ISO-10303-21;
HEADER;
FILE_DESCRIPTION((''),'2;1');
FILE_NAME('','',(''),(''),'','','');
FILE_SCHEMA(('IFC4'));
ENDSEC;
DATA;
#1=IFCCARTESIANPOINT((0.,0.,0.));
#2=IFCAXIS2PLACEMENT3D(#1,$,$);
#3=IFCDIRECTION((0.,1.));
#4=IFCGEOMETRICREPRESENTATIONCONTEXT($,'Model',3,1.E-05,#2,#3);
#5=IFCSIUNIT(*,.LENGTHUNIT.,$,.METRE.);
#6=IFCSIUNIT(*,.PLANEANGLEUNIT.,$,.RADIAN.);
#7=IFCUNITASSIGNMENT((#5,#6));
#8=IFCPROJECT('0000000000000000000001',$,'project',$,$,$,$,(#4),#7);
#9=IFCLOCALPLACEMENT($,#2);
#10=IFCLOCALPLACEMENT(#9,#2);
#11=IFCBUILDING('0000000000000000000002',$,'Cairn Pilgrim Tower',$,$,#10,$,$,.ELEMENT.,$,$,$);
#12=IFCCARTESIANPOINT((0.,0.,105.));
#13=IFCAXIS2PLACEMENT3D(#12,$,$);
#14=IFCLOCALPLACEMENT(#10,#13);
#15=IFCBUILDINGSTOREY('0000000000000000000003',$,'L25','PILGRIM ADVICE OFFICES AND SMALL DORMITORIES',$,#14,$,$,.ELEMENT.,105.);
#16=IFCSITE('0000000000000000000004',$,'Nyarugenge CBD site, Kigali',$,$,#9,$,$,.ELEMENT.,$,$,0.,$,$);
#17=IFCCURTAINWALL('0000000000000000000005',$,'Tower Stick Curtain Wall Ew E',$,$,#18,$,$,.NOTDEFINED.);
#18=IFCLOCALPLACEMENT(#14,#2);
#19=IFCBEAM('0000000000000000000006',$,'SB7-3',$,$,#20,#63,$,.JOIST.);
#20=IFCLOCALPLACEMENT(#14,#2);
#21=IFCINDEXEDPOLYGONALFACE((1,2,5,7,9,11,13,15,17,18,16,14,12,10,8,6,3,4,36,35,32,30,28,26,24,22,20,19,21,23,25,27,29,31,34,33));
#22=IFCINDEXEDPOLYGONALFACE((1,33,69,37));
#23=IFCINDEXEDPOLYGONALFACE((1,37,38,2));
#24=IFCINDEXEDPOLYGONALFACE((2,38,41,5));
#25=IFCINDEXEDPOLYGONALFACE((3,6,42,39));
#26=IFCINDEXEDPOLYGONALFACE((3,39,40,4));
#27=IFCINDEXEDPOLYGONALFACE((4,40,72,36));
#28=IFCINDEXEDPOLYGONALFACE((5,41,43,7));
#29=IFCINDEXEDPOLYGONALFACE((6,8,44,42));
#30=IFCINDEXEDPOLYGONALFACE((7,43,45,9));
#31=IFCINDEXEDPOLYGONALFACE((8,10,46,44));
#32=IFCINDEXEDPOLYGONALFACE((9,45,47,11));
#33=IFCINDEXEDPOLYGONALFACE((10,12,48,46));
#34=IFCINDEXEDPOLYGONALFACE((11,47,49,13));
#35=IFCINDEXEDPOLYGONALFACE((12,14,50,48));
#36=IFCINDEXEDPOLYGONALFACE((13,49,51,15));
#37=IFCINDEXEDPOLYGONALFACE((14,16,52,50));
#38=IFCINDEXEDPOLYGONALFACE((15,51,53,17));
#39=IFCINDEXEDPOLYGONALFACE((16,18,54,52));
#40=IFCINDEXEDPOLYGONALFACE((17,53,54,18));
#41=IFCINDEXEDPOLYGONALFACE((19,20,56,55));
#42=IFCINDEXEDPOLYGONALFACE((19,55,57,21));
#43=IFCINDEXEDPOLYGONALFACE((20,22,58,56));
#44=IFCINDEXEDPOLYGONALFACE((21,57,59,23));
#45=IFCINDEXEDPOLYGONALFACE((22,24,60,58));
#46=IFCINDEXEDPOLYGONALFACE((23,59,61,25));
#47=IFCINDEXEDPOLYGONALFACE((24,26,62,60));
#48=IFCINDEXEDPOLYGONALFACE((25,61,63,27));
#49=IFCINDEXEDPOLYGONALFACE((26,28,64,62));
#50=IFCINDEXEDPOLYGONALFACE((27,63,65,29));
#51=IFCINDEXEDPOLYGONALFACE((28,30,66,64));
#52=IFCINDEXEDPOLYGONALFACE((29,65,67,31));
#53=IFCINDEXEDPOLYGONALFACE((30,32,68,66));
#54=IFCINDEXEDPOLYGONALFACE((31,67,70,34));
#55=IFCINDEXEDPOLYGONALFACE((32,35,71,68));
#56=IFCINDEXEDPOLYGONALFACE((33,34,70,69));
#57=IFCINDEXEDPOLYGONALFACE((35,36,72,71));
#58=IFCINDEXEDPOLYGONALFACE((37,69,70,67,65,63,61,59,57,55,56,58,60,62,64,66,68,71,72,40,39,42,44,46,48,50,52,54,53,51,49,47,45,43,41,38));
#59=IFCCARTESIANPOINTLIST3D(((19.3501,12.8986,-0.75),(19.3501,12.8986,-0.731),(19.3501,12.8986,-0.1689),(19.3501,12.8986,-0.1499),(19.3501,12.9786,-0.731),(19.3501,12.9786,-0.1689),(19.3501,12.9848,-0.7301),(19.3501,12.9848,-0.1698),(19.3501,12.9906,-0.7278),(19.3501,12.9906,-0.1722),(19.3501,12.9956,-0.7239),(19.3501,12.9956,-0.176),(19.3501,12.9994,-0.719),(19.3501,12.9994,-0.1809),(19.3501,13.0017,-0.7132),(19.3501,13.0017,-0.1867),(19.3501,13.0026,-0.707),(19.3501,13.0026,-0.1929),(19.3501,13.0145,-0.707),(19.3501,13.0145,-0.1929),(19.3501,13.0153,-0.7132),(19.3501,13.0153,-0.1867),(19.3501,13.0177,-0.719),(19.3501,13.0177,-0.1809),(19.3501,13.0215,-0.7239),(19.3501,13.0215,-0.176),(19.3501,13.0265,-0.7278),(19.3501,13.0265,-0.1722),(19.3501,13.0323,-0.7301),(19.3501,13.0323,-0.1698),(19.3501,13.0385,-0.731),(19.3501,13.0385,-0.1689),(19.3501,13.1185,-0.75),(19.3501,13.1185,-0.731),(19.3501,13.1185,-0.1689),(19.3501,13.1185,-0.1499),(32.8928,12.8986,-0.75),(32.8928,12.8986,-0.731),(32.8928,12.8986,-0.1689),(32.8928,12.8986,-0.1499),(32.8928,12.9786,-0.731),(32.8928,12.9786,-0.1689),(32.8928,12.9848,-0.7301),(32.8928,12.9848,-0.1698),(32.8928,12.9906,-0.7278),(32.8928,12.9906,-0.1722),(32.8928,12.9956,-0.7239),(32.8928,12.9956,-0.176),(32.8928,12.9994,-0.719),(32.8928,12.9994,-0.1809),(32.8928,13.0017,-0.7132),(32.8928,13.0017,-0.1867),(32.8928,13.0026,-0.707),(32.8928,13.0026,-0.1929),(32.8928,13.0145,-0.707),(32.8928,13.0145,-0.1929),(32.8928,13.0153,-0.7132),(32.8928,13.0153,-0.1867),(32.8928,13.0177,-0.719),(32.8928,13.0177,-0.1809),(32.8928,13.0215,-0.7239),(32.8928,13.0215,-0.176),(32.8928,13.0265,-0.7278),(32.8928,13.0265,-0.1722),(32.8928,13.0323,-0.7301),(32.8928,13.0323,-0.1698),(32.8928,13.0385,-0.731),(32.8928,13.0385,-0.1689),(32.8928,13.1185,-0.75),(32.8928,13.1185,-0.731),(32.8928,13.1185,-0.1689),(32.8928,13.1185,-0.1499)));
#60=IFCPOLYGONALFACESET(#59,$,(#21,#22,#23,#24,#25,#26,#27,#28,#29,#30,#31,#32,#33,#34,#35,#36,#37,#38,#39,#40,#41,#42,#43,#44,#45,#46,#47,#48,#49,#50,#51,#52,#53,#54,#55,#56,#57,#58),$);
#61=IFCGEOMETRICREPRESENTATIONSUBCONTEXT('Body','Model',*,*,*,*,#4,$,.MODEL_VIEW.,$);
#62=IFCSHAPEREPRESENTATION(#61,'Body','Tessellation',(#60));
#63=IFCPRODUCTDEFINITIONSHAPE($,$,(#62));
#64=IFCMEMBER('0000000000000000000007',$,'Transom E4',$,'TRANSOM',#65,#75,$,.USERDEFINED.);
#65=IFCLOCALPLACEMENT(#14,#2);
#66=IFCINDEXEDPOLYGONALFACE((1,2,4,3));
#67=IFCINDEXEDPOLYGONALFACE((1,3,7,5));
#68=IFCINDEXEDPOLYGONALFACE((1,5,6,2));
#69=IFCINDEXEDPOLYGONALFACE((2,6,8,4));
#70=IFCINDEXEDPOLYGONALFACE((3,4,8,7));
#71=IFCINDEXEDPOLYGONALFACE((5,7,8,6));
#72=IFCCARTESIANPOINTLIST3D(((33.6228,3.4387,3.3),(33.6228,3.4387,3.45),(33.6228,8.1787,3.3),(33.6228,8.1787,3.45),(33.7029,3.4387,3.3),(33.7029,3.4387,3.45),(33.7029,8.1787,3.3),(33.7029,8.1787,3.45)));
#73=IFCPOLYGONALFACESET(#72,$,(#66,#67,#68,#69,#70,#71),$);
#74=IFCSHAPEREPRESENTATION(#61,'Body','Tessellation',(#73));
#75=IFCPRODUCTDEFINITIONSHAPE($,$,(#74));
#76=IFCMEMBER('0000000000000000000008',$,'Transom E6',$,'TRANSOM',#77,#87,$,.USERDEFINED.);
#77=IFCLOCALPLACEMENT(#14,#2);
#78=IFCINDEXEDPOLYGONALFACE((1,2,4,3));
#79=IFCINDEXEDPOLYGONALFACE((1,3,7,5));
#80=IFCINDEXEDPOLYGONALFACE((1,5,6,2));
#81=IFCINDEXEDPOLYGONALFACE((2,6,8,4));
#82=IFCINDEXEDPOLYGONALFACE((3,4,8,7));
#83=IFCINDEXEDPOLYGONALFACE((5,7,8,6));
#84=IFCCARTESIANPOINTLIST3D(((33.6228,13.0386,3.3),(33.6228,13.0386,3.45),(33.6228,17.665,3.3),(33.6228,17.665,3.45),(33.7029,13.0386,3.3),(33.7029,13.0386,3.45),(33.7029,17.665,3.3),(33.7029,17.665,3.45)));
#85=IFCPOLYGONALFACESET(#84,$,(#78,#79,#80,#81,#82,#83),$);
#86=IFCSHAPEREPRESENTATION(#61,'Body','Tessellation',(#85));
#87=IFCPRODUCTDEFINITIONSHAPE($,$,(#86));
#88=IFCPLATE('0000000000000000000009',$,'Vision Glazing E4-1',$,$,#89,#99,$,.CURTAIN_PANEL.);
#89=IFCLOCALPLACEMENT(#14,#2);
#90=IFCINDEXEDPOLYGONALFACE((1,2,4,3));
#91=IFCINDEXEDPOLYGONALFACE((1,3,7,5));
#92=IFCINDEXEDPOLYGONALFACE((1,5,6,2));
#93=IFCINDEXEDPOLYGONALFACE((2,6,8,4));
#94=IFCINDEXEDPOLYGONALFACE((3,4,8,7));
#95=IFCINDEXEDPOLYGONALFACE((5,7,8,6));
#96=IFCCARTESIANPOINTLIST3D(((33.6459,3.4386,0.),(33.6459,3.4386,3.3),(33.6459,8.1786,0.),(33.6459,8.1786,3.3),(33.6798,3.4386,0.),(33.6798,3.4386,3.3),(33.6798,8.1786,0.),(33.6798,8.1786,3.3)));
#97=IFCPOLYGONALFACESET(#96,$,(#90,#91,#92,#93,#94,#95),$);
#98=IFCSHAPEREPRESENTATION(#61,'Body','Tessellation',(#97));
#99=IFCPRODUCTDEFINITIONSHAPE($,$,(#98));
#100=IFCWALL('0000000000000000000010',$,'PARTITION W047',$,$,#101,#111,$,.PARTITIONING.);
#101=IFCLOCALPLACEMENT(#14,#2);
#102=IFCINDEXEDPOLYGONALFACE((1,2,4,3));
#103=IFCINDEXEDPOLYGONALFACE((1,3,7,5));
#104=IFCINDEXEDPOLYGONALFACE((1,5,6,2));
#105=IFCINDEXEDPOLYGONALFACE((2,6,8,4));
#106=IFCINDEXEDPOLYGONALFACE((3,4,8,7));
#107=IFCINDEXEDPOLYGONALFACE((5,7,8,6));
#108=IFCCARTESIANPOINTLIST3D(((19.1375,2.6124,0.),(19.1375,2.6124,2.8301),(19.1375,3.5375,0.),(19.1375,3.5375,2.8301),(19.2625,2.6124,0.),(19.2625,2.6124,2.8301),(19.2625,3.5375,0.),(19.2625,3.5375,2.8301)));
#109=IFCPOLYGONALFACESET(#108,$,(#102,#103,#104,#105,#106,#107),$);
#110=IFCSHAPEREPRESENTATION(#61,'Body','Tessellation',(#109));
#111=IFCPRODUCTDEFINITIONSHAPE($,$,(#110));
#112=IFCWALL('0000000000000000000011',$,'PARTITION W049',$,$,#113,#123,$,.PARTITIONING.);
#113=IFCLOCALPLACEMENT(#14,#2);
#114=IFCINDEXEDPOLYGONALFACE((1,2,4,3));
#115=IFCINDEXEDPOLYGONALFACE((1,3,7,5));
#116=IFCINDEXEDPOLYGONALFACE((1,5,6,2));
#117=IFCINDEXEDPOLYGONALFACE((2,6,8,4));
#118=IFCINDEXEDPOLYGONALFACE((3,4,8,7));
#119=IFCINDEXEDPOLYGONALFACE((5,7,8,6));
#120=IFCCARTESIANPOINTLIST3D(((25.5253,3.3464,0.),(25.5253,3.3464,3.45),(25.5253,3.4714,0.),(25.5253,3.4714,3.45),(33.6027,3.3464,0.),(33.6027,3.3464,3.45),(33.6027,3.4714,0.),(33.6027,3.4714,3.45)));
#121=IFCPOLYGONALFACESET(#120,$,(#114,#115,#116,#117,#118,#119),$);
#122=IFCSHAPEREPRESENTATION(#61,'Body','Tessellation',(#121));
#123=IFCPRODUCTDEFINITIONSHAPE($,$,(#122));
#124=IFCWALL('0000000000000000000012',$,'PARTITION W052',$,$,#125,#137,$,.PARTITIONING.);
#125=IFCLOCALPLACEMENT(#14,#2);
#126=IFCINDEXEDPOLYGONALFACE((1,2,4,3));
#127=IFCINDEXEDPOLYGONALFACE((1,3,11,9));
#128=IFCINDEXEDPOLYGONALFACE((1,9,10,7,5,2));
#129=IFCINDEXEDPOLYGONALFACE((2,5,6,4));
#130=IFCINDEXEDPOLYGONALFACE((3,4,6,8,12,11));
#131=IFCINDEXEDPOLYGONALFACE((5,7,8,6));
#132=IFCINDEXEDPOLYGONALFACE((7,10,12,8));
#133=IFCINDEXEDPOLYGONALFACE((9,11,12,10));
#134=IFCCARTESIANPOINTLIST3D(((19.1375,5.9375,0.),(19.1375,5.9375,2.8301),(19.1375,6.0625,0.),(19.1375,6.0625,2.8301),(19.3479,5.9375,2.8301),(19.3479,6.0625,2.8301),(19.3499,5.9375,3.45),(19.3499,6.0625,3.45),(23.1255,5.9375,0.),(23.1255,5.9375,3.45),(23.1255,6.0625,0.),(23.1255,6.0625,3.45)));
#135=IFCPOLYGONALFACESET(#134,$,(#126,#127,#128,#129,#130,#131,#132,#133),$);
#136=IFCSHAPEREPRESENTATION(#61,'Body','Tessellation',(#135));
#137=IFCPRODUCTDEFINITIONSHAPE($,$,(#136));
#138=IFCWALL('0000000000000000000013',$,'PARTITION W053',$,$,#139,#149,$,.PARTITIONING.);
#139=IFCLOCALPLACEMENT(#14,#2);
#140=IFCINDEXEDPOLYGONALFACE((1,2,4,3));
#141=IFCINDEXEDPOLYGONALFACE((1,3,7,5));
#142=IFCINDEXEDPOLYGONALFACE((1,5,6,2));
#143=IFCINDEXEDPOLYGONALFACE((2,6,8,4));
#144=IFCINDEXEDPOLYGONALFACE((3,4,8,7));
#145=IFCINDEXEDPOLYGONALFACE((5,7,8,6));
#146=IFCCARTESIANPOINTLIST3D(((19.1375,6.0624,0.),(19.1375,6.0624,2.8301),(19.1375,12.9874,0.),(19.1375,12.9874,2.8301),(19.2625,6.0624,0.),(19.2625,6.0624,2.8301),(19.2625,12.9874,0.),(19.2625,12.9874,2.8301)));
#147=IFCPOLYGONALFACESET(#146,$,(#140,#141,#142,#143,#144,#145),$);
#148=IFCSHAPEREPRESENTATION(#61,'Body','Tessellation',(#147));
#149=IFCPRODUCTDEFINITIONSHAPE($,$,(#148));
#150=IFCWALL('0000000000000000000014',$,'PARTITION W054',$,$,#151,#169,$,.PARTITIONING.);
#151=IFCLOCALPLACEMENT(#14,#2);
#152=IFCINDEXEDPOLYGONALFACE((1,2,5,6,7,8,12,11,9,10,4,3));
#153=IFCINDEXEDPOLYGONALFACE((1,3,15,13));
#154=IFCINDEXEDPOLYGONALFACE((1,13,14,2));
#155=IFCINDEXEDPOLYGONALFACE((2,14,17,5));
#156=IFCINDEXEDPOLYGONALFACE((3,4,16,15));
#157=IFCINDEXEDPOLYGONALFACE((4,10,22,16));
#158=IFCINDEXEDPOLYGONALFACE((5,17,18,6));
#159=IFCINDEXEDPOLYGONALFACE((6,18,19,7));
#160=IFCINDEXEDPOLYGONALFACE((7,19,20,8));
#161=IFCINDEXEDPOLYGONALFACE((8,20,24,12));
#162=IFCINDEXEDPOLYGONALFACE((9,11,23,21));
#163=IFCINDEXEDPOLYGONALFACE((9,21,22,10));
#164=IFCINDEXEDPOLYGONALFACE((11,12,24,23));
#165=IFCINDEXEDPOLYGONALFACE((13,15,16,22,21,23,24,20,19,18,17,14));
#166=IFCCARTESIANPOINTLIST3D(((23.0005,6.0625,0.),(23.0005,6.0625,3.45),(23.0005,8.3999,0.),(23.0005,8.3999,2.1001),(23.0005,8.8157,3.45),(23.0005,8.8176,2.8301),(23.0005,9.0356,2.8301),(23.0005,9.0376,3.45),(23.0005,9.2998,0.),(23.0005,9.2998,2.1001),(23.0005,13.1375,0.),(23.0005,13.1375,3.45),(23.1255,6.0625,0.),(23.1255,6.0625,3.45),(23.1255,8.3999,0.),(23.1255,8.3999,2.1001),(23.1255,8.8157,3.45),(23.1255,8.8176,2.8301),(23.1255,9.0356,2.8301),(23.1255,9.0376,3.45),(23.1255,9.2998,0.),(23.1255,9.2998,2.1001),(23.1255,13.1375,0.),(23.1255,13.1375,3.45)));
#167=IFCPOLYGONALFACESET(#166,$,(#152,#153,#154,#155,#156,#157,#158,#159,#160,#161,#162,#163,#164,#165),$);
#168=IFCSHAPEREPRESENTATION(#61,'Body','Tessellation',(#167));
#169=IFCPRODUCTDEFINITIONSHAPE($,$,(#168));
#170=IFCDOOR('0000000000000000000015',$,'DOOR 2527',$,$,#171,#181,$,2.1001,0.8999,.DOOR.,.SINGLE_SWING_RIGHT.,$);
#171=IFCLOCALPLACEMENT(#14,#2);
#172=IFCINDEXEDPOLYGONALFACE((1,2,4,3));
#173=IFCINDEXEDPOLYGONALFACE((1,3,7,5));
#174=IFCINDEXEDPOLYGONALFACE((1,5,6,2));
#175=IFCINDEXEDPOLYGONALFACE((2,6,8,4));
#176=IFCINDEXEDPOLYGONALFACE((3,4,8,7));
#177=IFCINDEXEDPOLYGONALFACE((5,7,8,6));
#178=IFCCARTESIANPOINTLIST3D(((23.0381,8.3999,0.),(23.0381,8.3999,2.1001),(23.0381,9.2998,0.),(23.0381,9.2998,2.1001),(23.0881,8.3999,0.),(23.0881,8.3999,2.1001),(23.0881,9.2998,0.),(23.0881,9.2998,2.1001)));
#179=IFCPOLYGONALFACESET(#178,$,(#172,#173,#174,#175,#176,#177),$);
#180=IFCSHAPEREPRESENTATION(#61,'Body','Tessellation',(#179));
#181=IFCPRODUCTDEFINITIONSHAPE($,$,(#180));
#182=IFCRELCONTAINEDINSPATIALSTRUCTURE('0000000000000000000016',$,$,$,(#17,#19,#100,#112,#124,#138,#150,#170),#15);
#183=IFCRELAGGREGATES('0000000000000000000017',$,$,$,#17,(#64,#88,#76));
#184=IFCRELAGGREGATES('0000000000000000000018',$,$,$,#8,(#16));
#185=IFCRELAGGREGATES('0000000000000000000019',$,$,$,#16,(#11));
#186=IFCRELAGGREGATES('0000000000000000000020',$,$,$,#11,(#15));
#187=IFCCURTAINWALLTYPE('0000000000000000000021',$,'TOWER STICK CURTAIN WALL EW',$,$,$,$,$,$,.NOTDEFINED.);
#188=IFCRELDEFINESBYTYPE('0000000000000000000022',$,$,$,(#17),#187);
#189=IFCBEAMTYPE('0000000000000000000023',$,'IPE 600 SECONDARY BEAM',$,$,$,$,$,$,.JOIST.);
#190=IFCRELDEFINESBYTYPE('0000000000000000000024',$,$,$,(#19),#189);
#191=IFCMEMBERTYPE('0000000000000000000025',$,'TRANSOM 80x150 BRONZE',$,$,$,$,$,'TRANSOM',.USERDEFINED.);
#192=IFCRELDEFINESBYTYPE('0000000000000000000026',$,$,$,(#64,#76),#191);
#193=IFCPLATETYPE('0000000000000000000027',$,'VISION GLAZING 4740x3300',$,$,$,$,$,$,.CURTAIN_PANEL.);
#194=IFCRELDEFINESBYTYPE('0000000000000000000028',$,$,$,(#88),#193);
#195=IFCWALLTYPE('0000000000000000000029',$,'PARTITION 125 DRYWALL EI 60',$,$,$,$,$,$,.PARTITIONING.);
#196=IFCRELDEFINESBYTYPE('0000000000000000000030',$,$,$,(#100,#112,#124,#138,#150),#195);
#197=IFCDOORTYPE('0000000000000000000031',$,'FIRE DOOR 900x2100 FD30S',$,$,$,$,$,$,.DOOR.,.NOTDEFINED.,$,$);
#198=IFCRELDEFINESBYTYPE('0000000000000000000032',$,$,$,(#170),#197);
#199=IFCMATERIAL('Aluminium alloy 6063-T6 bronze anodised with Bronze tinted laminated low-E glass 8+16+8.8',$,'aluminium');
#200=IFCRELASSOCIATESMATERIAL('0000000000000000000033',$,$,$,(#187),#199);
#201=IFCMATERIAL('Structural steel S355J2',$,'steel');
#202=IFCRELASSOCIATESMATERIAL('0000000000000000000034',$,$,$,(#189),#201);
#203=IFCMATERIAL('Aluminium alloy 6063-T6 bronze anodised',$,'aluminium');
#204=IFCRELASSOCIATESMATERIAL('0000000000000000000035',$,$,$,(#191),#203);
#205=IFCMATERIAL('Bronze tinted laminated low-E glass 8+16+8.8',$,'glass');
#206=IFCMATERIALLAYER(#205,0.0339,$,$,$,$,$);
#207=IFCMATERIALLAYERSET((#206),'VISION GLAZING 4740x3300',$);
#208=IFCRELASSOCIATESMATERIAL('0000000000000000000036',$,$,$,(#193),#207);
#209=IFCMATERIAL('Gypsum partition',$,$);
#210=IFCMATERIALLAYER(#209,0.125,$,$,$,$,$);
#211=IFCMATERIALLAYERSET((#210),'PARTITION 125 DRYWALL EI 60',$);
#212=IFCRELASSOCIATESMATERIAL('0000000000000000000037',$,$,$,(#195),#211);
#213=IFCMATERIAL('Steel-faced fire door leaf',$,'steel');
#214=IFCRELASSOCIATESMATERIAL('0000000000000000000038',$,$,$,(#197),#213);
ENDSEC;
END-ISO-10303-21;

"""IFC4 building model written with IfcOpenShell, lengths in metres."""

from ifc_helpers import new_model, si_unit, direction, frame, frame_2d, origin, origin_2d, place, context, subcontext, project, spatial, polyline, rectangle, i_section, outline, extrude, material, layer, layer_set, material_profile, profile_set, type_object, element, fill, aggregate, save


model = new_model("IFC4")

# Units and contexts
model_context = context("Model", 3, precision=1e-05, world=origin(), true_north=direction((0.0, 1.0)))
body_context = subcontext(model_context, "Body", "Model", "MODEL_VIEW")
ifc_project = project(units=[si_unit("LENGTHUNIT", "METRE"), si_unit("PLANEANGLEUNIT", "RADIAN")], contexts=[model_context])

# Site, building, storey
site_placement = place(None, origin())
site = spatial("IfcSite", under=ifc_project, at=site_placement, Name="Nyarugenge CBD site, Kigali", CompositionType="ELEMENT", RefElevation=0.0)
building_placement = place(site_placement, origin())
building = spatial("IfcBuilding", under=site, at=building_placement, Name="Cairn Pilgrim Tower", CompositionType="ELEMENT")
storey_placement = place(building_placement, frame((0.0, 0.0, 105.0)))
storey = spatial("IfcBuildingStorey", under=building, at=storey_placement, Name="L25", Description="PILGRIM ADVICE OFFICES AND SMALL DORMITORIES", CompositionType="ELEMENT", Elevation=105.0)

# Curtain wall
ifc_material_1 = material(Name="Aluminium alloy 6063-T6 bronze anodised with Bronze tinted laminated low-E glass 8+16+8.8", Category="aluminium")
curtain_wall_type = type_object("IfcCurtainWallType", Name="TOWER STICK CURTAIN WALL EW", PredefinedType="NOTDEFINED", material=ifc_material_1)
curtain_wall_placement = place(storey_placement, origin())
curtain_wall = element("IfcCurtainWall", 1, at=curtain_wall_placement, inside=storey, type_object=curtain_wall_type, Name="Tower Stick Curtain Wall Ew E", PredefinedType="NOTDEFINED")
ifc_material_2 = material(Name="Aluminium alloy 6063-T6 bronze anodised", Category="aluminium")

# Beam
ifc_material_3 = material(Name="Structural steel S355J2", Category="steel")
ifc_material_profile_1 = material_profile(ifc_material_3, i_section(OverallWidth=0.22, OverallDepth=0.6001, WebThickness=0.012, FlangeThickness=0.019, FilletRadius=0.0239, at=origin_2d()), Name="IPE 600")
ifc_profile_set_1 = profile_set([ifc_material_profile_1], Name="Structural steel S355J2")
beam_type_1 = type_object("IfcBeamType", Name="IPE 600 SECONDARY BEAM", PredefinedType="JOIST", material=ifc_profile_set_1)
for number, where, z_axis, x_axis, name in (
    (2, (19.3501, 13.0085, -0.45), (1.0, 0.0, 0.0), (0.0, 1.0, 0.0), "SB7-3"),
):
    element("IfcBeam", number, at=place(storey_placement, frame(where, z_axis=z_axis, x_axis=x_axis)), inside=storey, type_object=beam_type_1, Name=name, PredefinedType="JOIST", context=body_context, shape_type="SweptSolid", body=[
        extrude(i_section(OverallWidth=0.22, OverallDepth=0.6001, WebThickness=0.012, FlangeThickness=0.019, FilletRadius=0.0239, at=origin_2d()), origin(), (0.0, 0.0, 1.0), 13.5427),
    ])

# Members
ifc_material_profile_2 = material_profile(ifc_material_2, rectangle(XDim=0.0801, YDim=0.1499, at=origin_2d()), Name="TRANSOM 80x150 BRONZE")
ifc_profile_set_2 = profile_set([ifc_material_profile_2], Name="Aluminium alloy 6063-T6 bronze anodised")
member_type_1 = type_object("IfcMemberType", Name="TRANSOM 80x150 BRONZE", ElementType="TRANSOM", PredefinedType="USERDEFINED", material=ifc_profile_set_2)
member_1_placement = place(storey_placement, frame((33.6628, 3.4387, 3.375), z_axis=(0.0, 1.0, 0.0), x_axis=(-1.0, 0.0, 0.0)))
member_1 = element("IfcMember", 3, at=member_1_placement, type_object=member_type_1, Name="Transom E4", ObjectType="TRANSOM", PredefinedType="USERDEFINED", context=body_context, shape_type="SweptSolid", body=[
    extrude(rectangle(XDim=0.0801, YDim=0.1499, at=origin_2d()), origin(), (0.0, 0.0, 1.0), 4.74),
])
member_2_placement = place(storey_placement, frame((33.6628, 13.0386, 3.375), z_axis=(0.0, 1.0, 0.0), x_axis=(-1.0, 0.0, 0.0)))
member_2 = element("IfcMember", 4, at=member_2_placement, type_object=member_type_1, Name="Transom E6", ObjectType="TRANSOM", PredefinedType="USERDEFINED", context=body_context, shape_type="SweptSolid", body=[
    extrude(rectangle(XDim=0.0801, YDim=0.1499, at=origin_2d()), origin(), (0.0, 0.0, 1.0), 4.6265),
])

# Plate
ifc_material_4 = material(Name="Bronze tinted laminated low-E glass 8+16+8.8", Category="glass")
ifc_layer_1 = layer(ifc_material_4, 0.0339)
ifc_layer_set_1 = layer_set([ifc_layer_1], Name="VISION GLAZING 4740x3300")
plate_type = type_object("IfcPlateType", Name="VISION GLAZING 4740x3300", PredefinedType="CURTAIN_PANEL", material=ifc_layer_set_1)
plate_placement = place(storey_placement, frame((33.6628, 5.8086, 0.0), z_axis=(0.0, 0.0, 1.0), x_axis=(0.0, 1.0, 0.0)))
plate = element("IfcPlate", 5, at=plate_placement, type_object=plate_type, Name="Vision Glazing E4-1", PredefinedType="CURTAIN_PANEL", context=body_context, shape_type="SweptSolid", body=[
    extrude(rectangle(XDim=4.74, YDim=0.0339, at=origin_2d()), origin(), (0.0, 0.0, 1.0), 3.3),
])
aggregate(curtain_wall, [member_1, plate, member_2])

# Walls
ifc_material_5 = material(Name="Gypsum partition")
ifc_layer_2 = layer(ifc_material_5, 0.125)
ifc_layer_set_2 = layer_set([ifc_layer_2], Name="PARTITION 125 DRYWALL EI 60")
wall_type_1 = type_object("IfcWallType", Name="PARTITION 125 DRYWALL EI 60", PredefinedType="PARTITIONING", material=ifc_layer_set_2)
wall_1_placement = place(storey_placement, frame((19.2, 2.6125, 0.0), z_axis=(0.0, 0.0, 1.0), x_axis=(0.0, 1.0, 0.0)))
element("IfcWall", 6, at=wall_1_placement, inside=storey, type_object=wall_type_1, Name="PARTITION W047", PredefinedType="PARTITIONING", context=body_context, shape_type="SweptSolid", body=[
    extrude(rectangle(XDim=0.925, YDim=0.125, at=frame_2d((0.4624, 0.0))), origin(), (0.0, 0.0, 1.0), 2.8301),
])
wall_2_placement = place(storey_placement, frame((25.5254, 3.4089, 0.0), z_axis=(0.0, 0.0, 1.0), x_axis=(1.0, 0.0, 0.0)))
element("IfcWall", 7, at=wall_2_placement, inside=storey, type_object=wall_type_1, Name="PARTITION W049", PredefinedType="PARTITIONING", context=body_context, shape_type="SweptSolid", body=[
    extrude(rectangle(XDim=8.0774, YDim=0.125, at=frame_2d((4.0386, 0.0))), origin(), (0.0, 0.0, 1.0), 3.45),
])
wall_3_placement = place(storey_placement, frame((19.1375, 6.0, 0.0), z_axis=(0.0, 0.0, 1.0), x_axis=(1.0, 0.0, 0.0)))
element("IfcWall", 8, at=wall_3_placement, inside=storey, type_object=wall_type_1, Name="PARTITION W052", PredefinedType="PARTITIONING", context=body_context, shape_type="SweptSolid", body=[
    extrude(outline(polyline([(0.0, 0.0), (3.988, 0.0), (3.988, 3.45), (0.2124, 3.45), (0.2104, 2.8301), (0.0, 2.8301), (0.0, 0.0)])), frame((0.0, 0.0625, 0.0), z_axis=(0.0, -1.0, 0.0), x_axis=(1.0, 0.0, 0.0)), (0.0, 0.0, 1.0), 0.125),
])
wall_4_placement = place(storey_placement, frame((19.2, 6.0625, 0.0), z_axis=(0.0, 0.0, 1.0), x_axis=(0.0, 1.0, 0.0)))
element("IfcWall", 9, at=wall_4_placement, inside=storey, type_object=wall_type_1, Name="PARTITION W053", PredefinedType="PARTITIONING", context=body_context, shape_type="SweptSolid", body=[
    extrude(rectangle(XDim=6.925, YDim=0.125, at=frame_2d((3.4624, 0.0))), origin(), (0.0, 0.0, 1.0), 2.8301),
])

# Wall, opening, door
wall_5_placement = place(storey_placement, frame((23.063, 6.0625, 0.0), z_axis=(0.0, 0.0, 1.0), x_axis=(0.0, 1.0, 0.0)))
wall_5 = element("IfcWall", 10, at=wall_5_placement, inside=storey, type_object=wall_type_1, Name="PARTITION W054", PredefinedType="PARTITIONING", context=body_context, shape_type="SweptSolid", body=[
    extrude(outline(polyline([(0.0, 0.0), (7.075, 0.0), (7.075, 3.45), (2.9751, 3.45), (2.9731, 2.8301), (2.7551, 2.8301), (2.7532, 3.45), (0.0, 3.45), (0.0, 0.0)])), frame((0.0, 0.0625, 0.0), z_axis=(0.0, -1.0, 0.0), x_axis=(1.0, 0.0, 0.0)), (0.0, 0.0, 1.0), 0.125),
])
opening_1_placement = place(wall_5_placement, frame((2.3374, 0.0, 0.0)))
opening_1 = element("IfcOpeningElement", 11, at=opening_1_placement, cuts=wall_5, PredefinedType="OPENING", context=body_context, shape_type="SweptSolid", body=[
    extrude(rectangle(XDim=0.8999, YDim=2.1001, at=frame_2d((0.45, 1.05))), frame((0.0, 0.0725, 0.0), z_axis=(0.0, -1.0, 0.0), x_axis=(1.0, 0.0, 0.0)), (0.0, 0.0, 1.0), 0.145),
])
ifc_material_6 = material(Name="Steel-faced fire door leaf", Category="steel")
door_type_1 = type_object("IfcDoorType", Name="FIRE DOOR 900x2100 FD30S", OperationType="NOTDEFINED", PredefinedType="DOOR", material=ifc_material_6)
door_1_placement = place(opening_1_placement, origin())
door_1 = element("IfcDoor", 12, at=door_1_placement, inside=storey, type_object=door_type_1, Name="DOOR 2527", OperationType="SINGLE_SWING_RIGHT", OverallHeight=2.1001, OverallWidth=0.8999, PredefinedType="DOOR", context=body_context, shape_type="SweptSolid", body=[
    extrude(rectangle(XDim=0.8999, YDim=2.1001, at=frame_2d((0.45, 1.05))), frame((0.0, 0.0249, 0.0), z_axis=(0.0, -1.0, 0.0), x_axis=(1.0, 0.0, 0.0)), (0.0, 0.0, 1.0), 0.05),
])
fill(opening_1, door_1)

save(model, "model.ifc")
